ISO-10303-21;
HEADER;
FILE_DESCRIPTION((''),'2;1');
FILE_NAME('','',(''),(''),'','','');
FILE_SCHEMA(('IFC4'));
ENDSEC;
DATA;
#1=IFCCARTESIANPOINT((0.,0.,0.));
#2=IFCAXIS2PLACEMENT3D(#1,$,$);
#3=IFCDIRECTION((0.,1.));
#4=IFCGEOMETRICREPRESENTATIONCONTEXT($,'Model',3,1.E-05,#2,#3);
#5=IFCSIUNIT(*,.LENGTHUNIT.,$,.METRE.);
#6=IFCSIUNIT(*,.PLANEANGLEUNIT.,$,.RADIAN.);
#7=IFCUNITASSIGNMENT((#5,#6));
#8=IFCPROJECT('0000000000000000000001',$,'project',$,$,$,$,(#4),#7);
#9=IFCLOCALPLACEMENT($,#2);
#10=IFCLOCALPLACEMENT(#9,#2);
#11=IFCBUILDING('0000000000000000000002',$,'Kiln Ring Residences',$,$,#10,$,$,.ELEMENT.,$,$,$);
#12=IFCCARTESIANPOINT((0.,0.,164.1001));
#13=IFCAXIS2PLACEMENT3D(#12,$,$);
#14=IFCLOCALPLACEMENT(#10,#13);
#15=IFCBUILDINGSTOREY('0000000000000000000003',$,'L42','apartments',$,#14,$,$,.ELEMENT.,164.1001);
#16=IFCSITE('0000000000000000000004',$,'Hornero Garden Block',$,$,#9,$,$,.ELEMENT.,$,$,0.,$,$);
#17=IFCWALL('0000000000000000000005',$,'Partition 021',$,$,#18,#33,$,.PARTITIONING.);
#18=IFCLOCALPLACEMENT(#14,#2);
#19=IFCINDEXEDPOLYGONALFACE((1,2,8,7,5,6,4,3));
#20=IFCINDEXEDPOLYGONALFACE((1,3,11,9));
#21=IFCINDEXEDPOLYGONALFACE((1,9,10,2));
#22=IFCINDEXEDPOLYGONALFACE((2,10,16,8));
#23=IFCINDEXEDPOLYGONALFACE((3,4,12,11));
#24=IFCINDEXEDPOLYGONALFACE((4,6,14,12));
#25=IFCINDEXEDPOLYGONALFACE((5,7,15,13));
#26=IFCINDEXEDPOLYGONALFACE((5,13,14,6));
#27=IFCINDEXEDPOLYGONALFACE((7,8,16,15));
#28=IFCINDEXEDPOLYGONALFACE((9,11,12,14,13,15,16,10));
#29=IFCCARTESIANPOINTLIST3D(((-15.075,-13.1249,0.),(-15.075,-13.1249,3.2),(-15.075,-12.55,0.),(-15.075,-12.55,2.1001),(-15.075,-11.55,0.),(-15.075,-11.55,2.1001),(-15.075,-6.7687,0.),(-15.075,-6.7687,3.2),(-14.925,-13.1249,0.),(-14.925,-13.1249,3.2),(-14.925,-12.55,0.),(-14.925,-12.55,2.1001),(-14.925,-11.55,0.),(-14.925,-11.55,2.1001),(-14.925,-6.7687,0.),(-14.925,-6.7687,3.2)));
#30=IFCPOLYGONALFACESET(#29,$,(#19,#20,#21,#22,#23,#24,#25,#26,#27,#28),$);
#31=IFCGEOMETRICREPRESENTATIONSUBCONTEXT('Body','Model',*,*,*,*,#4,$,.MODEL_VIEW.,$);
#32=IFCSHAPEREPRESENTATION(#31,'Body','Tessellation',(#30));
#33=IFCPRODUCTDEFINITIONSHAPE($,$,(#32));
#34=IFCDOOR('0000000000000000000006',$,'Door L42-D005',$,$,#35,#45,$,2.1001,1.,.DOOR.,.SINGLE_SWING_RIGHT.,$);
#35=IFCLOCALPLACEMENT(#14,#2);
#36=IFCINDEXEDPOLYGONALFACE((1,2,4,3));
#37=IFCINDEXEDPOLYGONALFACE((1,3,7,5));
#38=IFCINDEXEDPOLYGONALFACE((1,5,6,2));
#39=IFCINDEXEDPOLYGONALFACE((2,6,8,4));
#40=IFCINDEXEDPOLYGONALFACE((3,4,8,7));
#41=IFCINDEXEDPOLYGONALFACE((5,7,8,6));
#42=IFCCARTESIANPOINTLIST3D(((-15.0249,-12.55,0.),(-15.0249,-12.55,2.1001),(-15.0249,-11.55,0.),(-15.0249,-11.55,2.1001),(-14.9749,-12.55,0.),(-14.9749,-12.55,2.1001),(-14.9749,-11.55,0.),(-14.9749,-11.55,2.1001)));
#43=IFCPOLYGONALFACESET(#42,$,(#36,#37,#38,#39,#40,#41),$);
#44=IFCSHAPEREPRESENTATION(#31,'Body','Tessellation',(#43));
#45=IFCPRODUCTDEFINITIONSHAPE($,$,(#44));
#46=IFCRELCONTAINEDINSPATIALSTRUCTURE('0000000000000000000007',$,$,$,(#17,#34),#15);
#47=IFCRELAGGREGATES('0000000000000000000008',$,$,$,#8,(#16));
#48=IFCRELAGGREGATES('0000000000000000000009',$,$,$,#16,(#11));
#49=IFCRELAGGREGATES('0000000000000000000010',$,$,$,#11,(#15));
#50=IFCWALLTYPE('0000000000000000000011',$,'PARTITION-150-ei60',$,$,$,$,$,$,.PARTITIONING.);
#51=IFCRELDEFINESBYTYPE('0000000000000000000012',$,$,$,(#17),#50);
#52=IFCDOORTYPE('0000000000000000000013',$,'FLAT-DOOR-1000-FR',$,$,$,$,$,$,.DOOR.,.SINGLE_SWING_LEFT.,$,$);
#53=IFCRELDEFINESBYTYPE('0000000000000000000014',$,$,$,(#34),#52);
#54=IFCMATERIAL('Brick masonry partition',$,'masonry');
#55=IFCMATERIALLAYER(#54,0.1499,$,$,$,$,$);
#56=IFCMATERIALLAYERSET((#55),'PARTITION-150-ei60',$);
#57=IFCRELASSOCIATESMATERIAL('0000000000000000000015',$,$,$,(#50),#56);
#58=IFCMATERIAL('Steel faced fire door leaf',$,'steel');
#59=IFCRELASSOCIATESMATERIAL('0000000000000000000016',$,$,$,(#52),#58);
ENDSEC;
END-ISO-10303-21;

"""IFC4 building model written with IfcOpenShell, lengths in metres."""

from ifc_helpers import new_model, si_unit, direction, frame, frame_2d, origin, place, context, subcontext, project, spatial, rectangle, extrude, material, layer, layer_set, type_object, element, fill, save


model = new_model("IFC4")

# Units and contexts
model_context = context("Model", 3, precision=1e-05, world=origin(), true_north=direction((0.0, 1.0)))
body_context = subcontext(model_context, "Body", "Model", "MODEL_VIEW")
ifc_project = project(units=[si_unit("LENGTHUNIT", "METRE"), si_unit("PLANEANGLEUNIT", "RADIAN")], contexts=[model_context])

# Site, building, storey
site_placement = place(None, origin())
site = spatial("IfcSite", under=ifc_project, at=site_placement, Name="Hornero Garden Block", CompositionType="ELEMENT", RefElevation=0.0)
building_placement = place(site_placement, origin())
building = spatial("IfcBuilding", under=site, at=building_placement, Name="Kiln Ring Residences", CompositionType="ELEMENT")
storey_placement = place(building_placement, frame((0.0, 0.0, 164.1001)))
storey = spatial("IfcBuildingStorey", under=building, at=storey_placement, Name="L42", Description="apartments", CompositionType="ELEMENT", Elevation=164.1001)

# Shared definitions
ifc_material_1 = material(Name="Brick masonry partition", Category="masonry")
ifc_layer = layer(ifc_material_1, 0.1499)
ifc_layer_set = layer_set([ifc_layer], Name="PARTITION-150-ei60")
wall_type = type_object("IfcWallType", Name="PARTITION-150-ei60", PredefinedType="PARTITIONING", material=ifc_layer_set)
ifc_material_2 = material(Name="Steel faced fire door leaf", Category="steel")
door_type = type_object("IfcDoorType", Name="FLAT-DOOR-1000-FR", OperationType="SINGLE_SWING_LEFT", PredefinedType="DOOR", material=ifc_material_2)

# Wall, opening, door
wall_1_placement = place(storey_placement, frame((-15.0, -13.125, 0.0), z_axis=(0.0, 0.0, 1.0), x_axis=(0.0, 1.0, 0.0)))
wall_1 = element("IfcWall", 1, at=wall_1_placement, inside=storey, type_object=wall_type, Name="Partition 021", PredefinedType="PARTITIONING", context=body_context, shape_type="SweptSolid", body=[
    extrude(rectangle(XDim=6.3562, YDim=0.1499, at=frame_2d((3.1782, 0.0))), origin(), (0.0, 0.0, 1.0), 3.2),
])
opening_1_placement = place(wall_1_placement, frame((0.575, 0.0, 0.0)))
opening_1 = element("IfcOpeningElement", 2, at=opening_1_placement, cuts=wall_1, PredefinedType="OPENING", context=body_context, shape_type="SweptSolid", body=[
    extrude(rectangle(XDim=1.0, YDim=2.1001, at=frame_2d((0.5, 1.05))), frame((0.0, 0.085, 0.0), z_axis=(0.0, -1.0, 0.0), x_axis=(1.0, 0.0, 0.0)), (0.0, 0.0, 1.0), 0.1699),
])
door_1_placement = place(opening_1_placement, origin())
door_1 = element("IfcDoor", 3, at=door_1_placement, inside=storey, type_object=door_type, Name="Door L42-D005", OperationType="SINGLE_SWING_RIGHT", OverallHeight=2.1001, OverallWidth=1.0, PredefinedType="DOOR", context=body_context, shape_type="SweptSolid", body=[
    extrude(rectangle(XDim=1.0, YDim=2.1001, at=frame_2d((0.5, 1.05))), frame((0.0, 0.0249, 0.0), z_axis=(0.0, -1.0, 0.0), x_axis=(1.0, 0.0, 0.0)), (0.0, 0.0, 1.0), 0.05),
])
fill(opening_1, door_1)

save(model, "model.ifc")
